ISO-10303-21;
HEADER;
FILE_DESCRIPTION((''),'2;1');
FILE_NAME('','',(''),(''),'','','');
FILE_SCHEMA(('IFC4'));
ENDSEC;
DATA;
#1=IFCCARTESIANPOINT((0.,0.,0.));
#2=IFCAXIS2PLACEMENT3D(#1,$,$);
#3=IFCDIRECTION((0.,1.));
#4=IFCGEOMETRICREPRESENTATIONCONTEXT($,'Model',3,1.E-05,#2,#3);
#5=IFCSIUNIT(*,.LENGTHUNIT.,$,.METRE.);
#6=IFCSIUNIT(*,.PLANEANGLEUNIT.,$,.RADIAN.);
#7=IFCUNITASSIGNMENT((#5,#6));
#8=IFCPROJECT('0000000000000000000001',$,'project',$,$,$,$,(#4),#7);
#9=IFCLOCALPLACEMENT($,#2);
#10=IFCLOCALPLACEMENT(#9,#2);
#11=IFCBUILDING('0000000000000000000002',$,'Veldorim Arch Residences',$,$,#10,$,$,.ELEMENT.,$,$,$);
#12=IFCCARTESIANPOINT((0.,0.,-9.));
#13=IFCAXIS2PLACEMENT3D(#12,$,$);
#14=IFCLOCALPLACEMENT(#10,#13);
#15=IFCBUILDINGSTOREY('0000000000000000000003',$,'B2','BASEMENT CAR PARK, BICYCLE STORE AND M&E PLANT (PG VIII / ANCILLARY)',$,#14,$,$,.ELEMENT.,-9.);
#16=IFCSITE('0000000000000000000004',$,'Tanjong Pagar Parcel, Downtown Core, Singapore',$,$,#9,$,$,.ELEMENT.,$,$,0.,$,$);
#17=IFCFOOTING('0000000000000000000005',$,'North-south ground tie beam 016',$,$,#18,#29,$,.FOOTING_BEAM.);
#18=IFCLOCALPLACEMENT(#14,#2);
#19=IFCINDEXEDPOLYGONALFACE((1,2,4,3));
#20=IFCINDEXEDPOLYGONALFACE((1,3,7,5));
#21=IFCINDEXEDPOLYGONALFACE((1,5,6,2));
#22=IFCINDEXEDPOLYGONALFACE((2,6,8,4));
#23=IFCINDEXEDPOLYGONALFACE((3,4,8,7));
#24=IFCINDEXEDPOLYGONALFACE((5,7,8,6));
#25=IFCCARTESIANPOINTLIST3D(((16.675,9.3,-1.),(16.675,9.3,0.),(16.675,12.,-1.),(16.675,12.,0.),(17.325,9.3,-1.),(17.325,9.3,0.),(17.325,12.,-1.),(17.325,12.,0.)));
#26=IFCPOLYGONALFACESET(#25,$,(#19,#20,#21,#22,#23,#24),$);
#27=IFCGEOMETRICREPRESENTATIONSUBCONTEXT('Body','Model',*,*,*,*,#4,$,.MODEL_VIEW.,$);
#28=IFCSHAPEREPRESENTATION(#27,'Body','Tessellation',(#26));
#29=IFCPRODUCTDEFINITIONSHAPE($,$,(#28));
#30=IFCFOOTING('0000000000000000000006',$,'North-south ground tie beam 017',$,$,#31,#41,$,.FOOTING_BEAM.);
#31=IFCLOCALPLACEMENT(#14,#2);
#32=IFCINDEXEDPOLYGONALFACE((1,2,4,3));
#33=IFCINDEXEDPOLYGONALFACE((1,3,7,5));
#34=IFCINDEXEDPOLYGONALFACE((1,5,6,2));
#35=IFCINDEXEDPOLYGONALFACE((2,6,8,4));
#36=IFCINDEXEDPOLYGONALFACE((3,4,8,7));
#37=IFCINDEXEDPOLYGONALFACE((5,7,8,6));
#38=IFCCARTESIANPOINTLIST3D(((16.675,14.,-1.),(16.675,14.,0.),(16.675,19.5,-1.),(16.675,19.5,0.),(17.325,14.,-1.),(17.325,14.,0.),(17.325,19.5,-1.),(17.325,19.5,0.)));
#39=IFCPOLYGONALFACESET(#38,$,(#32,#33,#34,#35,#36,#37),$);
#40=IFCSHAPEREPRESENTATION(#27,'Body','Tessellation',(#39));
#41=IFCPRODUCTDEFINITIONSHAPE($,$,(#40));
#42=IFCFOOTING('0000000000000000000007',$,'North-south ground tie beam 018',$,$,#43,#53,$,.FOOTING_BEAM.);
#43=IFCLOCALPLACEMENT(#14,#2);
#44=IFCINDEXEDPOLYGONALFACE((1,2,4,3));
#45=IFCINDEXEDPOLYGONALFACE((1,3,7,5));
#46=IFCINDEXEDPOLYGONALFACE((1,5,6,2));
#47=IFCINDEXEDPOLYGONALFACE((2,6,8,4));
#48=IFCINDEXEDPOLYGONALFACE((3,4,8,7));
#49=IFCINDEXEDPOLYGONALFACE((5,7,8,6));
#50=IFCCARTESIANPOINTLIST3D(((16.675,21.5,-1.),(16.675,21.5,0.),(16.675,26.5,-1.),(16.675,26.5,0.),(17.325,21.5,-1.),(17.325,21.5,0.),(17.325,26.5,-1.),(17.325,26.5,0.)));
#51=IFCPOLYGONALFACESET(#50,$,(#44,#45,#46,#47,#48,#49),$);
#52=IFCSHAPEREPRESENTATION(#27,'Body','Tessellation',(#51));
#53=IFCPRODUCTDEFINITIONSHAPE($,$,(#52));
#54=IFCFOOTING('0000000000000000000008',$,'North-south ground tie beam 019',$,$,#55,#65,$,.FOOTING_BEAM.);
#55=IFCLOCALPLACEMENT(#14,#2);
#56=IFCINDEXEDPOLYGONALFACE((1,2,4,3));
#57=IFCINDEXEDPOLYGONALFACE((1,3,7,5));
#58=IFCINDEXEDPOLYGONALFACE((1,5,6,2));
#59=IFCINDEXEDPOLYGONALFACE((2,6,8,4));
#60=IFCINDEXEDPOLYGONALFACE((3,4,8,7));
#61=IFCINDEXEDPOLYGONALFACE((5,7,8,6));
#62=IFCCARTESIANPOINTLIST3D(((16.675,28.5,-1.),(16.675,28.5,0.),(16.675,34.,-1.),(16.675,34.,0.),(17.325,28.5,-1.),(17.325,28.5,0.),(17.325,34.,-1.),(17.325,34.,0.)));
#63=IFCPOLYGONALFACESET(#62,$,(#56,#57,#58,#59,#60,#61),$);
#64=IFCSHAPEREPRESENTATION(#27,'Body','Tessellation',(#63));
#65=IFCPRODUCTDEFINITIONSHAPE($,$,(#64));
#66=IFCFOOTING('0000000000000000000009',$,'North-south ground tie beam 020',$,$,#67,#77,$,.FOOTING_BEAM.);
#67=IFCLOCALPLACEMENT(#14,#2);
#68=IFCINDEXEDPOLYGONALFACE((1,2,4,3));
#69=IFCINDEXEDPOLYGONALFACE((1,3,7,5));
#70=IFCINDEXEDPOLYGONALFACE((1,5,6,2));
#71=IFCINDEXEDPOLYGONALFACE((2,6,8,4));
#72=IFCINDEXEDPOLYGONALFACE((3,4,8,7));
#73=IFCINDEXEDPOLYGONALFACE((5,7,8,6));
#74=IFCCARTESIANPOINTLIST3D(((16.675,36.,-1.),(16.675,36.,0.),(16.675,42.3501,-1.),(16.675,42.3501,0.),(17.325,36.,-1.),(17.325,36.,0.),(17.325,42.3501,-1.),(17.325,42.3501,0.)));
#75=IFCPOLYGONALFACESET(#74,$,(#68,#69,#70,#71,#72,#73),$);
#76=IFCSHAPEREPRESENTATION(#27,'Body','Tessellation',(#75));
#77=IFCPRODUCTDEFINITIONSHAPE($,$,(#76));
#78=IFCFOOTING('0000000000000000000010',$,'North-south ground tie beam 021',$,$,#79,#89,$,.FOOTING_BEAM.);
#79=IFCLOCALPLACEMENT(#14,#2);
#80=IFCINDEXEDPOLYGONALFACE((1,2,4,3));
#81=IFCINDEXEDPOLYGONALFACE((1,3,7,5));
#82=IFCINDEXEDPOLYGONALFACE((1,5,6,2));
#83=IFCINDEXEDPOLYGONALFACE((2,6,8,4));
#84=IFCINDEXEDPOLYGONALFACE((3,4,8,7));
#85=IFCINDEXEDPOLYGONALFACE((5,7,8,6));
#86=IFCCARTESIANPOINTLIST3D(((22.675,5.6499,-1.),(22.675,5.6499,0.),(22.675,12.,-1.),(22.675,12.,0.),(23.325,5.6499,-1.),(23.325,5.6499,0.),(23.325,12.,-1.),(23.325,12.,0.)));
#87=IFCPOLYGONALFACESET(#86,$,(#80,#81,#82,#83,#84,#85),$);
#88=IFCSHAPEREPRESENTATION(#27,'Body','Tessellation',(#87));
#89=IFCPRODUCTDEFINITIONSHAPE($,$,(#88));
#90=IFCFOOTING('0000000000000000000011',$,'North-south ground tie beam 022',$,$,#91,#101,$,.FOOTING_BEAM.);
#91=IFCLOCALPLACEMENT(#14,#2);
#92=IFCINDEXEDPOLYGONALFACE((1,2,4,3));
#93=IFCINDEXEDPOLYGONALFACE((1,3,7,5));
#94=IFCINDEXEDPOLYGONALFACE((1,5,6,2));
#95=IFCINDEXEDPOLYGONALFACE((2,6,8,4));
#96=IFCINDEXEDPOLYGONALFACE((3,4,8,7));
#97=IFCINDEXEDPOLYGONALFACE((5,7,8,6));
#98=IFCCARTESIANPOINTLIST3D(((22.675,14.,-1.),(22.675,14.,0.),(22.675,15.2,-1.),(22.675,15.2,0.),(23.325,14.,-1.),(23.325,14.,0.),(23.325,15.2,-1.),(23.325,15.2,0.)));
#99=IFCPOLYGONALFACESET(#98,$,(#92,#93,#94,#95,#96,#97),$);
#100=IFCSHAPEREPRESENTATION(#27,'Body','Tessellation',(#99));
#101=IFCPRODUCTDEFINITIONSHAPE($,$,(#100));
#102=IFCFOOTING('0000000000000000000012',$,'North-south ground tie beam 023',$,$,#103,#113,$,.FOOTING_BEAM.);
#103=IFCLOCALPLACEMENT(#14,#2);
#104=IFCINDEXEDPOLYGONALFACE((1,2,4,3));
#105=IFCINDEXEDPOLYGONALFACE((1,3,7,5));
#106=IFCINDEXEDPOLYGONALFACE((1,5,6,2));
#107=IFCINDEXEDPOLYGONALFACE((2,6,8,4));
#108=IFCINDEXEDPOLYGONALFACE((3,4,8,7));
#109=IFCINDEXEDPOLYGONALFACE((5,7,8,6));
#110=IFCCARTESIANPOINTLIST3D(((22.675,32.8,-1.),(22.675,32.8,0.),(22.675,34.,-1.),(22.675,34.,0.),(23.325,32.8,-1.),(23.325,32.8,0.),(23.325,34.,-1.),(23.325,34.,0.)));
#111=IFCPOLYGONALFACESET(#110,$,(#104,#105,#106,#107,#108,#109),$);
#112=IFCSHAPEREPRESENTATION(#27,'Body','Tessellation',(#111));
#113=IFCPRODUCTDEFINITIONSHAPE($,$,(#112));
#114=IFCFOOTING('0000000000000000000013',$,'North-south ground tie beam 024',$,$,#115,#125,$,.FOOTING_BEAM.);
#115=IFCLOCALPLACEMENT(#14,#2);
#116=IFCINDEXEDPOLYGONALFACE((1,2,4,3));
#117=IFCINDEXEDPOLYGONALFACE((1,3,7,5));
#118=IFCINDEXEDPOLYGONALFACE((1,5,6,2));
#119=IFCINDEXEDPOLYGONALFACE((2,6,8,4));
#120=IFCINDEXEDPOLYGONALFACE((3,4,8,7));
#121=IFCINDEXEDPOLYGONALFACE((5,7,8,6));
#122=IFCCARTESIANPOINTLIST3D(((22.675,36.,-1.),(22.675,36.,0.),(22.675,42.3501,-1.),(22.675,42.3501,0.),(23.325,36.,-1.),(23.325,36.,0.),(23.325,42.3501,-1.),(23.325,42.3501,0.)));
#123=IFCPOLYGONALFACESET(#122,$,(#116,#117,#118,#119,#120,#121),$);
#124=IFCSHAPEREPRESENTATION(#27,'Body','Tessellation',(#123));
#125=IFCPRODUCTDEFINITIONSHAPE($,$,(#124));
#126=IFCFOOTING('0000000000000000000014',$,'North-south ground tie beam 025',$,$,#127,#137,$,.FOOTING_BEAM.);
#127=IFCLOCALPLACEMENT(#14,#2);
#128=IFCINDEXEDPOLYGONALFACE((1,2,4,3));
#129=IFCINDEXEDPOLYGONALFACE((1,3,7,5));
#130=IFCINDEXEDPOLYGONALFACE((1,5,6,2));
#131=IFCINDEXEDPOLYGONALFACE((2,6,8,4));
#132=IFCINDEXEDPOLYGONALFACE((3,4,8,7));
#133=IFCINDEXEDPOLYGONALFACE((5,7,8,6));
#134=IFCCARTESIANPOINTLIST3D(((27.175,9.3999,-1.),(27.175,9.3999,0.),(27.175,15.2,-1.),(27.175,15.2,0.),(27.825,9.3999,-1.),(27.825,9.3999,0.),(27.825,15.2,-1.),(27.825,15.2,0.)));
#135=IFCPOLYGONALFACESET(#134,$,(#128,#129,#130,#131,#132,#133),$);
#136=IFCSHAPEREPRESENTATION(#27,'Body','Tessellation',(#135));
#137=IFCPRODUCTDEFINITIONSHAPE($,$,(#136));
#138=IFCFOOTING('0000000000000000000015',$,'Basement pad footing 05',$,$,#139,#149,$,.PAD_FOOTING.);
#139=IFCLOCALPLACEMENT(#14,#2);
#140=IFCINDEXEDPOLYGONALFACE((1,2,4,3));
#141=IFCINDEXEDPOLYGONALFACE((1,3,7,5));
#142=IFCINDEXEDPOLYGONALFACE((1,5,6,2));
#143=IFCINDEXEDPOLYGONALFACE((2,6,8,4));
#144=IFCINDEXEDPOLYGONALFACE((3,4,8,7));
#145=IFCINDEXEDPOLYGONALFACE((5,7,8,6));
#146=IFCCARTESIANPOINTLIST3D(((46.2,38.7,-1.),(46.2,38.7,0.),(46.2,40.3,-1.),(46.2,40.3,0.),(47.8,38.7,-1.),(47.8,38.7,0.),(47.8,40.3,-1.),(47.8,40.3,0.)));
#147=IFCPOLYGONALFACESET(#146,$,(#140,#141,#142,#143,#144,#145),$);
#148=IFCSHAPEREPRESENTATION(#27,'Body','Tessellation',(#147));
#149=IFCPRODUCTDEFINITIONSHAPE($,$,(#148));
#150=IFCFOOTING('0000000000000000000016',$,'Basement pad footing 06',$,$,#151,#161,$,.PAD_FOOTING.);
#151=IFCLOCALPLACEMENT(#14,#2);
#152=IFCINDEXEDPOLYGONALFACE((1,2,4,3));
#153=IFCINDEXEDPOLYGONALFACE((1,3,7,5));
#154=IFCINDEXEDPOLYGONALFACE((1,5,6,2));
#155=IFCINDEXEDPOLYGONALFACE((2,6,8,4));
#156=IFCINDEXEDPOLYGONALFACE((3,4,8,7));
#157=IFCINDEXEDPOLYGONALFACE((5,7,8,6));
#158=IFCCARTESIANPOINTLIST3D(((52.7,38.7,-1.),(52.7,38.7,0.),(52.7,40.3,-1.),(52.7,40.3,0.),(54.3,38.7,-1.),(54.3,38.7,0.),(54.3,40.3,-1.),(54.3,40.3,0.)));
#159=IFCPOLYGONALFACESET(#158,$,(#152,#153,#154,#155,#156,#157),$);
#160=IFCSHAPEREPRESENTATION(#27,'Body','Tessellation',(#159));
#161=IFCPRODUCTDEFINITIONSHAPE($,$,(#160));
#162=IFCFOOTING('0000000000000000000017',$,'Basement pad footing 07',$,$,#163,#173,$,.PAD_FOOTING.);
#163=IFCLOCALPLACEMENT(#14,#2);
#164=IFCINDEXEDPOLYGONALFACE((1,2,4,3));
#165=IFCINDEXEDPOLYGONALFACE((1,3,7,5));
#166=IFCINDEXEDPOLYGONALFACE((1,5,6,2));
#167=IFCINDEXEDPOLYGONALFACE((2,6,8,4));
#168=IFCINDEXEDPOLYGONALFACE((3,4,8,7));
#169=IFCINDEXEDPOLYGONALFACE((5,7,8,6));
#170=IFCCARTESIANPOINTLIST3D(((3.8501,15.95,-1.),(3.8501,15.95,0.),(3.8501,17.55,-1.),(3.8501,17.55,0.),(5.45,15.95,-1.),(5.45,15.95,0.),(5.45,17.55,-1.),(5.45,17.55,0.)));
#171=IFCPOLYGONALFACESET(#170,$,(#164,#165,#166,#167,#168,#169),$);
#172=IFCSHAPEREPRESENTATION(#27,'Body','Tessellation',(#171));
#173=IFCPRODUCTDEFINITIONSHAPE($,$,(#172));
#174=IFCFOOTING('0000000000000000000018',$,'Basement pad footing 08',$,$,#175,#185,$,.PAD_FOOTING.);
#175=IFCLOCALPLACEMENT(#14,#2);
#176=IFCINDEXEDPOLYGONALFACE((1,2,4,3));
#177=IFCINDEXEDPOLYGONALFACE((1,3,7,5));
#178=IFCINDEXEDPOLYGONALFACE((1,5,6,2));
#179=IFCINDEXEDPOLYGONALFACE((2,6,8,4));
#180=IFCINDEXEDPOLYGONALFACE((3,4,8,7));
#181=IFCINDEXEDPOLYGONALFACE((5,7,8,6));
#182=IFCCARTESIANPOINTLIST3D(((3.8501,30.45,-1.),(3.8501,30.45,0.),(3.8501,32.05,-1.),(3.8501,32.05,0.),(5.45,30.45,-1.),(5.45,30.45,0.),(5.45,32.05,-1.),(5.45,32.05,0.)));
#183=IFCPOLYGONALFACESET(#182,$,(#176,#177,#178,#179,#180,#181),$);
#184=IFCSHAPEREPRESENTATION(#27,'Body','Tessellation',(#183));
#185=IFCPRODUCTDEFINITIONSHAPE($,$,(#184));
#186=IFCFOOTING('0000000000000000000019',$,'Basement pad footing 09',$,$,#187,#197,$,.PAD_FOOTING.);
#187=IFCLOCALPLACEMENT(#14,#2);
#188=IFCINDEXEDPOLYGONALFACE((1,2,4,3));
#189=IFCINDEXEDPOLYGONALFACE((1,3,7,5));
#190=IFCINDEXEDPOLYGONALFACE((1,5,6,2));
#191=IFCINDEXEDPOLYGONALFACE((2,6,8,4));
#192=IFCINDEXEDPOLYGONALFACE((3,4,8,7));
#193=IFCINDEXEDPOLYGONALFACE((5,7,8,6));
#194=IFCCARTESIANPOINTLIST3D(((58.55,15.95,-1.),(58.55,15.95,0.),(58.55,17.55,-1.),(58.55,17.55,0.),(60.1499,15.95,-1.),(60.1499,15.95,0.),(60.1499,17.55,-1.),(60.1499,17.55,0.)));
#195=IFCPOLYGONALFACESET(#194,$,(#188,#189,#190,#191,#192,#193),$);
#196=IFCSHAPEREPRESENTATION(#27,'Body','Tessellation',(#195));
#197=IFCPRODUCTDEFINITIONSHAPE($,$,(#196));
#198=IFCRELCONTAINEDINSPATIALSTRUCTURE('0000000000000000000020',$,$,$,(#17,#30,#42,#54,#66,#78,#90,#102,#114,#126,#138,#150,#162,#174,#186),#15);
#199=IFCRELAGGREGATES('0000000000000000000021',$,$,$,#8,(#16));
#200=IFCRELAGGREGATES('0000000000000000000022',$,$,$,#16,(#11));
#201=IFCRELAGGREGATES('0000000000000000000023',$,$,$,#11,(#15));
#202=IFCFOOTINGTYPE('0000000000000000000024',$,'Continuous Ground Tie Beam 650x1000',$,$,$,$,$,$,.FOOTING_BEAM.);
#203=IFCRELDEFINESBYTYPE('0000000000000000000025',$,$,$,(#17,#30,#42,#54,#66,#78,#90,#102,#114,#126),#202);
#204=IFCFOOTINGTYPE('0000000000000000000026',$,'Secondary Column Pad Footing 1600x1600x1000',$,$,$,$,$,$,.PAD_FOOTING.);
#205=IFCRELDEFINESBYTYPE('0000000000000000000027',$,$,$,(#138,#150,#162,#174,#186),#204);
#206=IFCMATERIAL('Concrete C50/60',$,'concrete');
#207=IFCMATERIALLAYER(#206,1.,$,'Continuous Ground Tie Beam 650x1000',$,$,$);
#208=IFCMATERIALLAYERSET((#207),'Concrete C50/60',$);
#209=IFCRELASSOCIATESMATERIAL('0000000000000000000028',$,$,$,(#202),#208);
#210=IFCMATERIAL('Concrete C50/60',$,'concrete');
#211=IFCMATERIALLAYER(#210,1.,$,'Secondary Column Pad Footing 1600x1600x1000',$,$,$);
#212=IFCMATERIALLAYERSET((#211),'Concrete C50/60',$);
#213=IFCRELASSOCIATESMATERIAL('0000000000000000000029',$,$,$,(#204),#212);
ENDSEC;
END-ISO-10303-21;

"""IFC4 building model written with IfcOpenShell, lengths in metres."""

from ifc_helpers import new_model, si_unit, direction, frame, origin, place, context, subcontext, project, spatial, polyline, outline, extrude, material, layer, layer_set, type_object, element, save


model = new_model("IFC4")

# Units and contexts
model_context = context("Model", 3, precision=1e-05, world=origin(), true_north=direction((0.0, 1.0)))
body_context = subcontext(model_context, "Body", "Model", "MODEL_VIEW")
ifc_project = project(units=[si_unit("LENGTHUNIT", "METRE"), si_unit("PLANEANGLEUNIT", "RADIAN")], contexts=[model_context])

# Site, building, storey
site_placement = place(None, origin())
site = spatial("IfcSite", under=ifc_project, at=site_placement, Name="Tanjong Pagar Parcel, Downtown Core, Singapore", CompositionType="ELEMENT", RefElevation=0.0)
building_placement = place(site_placement, origin())
building = spatial("IfcBuilding", under=site, at=building_placement, Name="Veldorim Arch Residences", CompositionType="ELEMENT")
storey_placement = place(building_placement, frame((0.0, 0.0, -9.0)))
storey = spatial("IfcBuildingStorey", under=building, at=storey_placement, Name="B2", Description="BASEMENT CAR PARK, BICYCLE STORE AND M&E PLANT (PG VIII / ANCILLARY)", CompositionType="ELEMENT", Elevation=-9.0)

# Footings
ifc_material_1 = material(Name="Concrete C50/60", Category="concrete")
ifc_layer_1 = layer(ifc_material_1, 1.0, Name="Continuous Ground Tie Beam 650x1000")
ifc_layer_set_1 = layer_set([ifc_layer_1], Name="Concrete C50/60")
footing_type_1 = type_object("IfcFootingType", Name="Continuous Ground Tie Beam 650x1000", PredefinedType="FOOTING_BEAM", material=ifc_layer_set_1)
footing_1_placement = place(storey_placement, frame((0.0, 0.0, -1.0)))
element("IfcFooting", 1, at=footing_1_placement, inside=storey, type_object=footing_type_1, Name="North-south ground tie beam 016", PredefinedType="FOOTING_BEAM", context=body_context, shape_type="SweptSolid", body=[
    extrude(outline(polyline([(16.675, 9.3), (17.325, 9.3), (17.325, 12.0), (16.675, 12.0), (16.675, 9.3)])), origin(), (0.0, 0.0, 1.0), 1.0),
])
footing_2_placement = place(storey_placement, frame((0.0, 0.0, -1.0)))
element("IfcFooting", 2, at=footing_2_placement, inside=storey, type_object=footing_type_1, Name="North-south ground tie beam 017", PredefinedType="FOOTING_BEAM", context=body_context, shape_type="SweptSolid", body=[
    extrude(outline(polyline([(16.675, 14.0), (17.325, 14.0), (17.325, 19.5), (16.675, 19.5), (16.675, 14.0)])), origin(), (0.0, 0.0, 1.0), 1.0),
])
footing_3_placement = place(storey_placement, frame((0.0, 0.0, -1.0)))
element("IfcFooting", 3, at=footing_3_placement, inside=storey, type_object=footing_type_1, Name="North-south ground tie beam 018", PredefinedType="FOOTING_BEAM", context=body_context, shape_type="SweptSolid", body=[
    extrude(outline(polyline([(16.675, 21.5), (17.325, 21.5), (17.325, 26.5), (16.675, 26.5), (16.675, 21.5)])), origin(), (0.0, 0.0, 1.0), 1.0),
])
footing_4_placement = place(storey_placement, frame((0.0, 0.0, -1.0)))
element("IfcFooting", 4, at=footing_4_placement, inside=storey, type_object=footing_type_1, Name="North-south ground tie beam 019", PredefinedType="FOOTING_BEAM", context=body_context, shape_type="SweptSolid", body=[
    extrude(outline(polyline([(16.675, 28.5), (17.325, 28.5), (17.325, 34.0), (16.675, 34.0), (16.675, 28.5)])), origin(), (0.0, 0.0, 1.0), 1.0),
])
footing_5_placement = place(storey_placement, frame((0.0, 0.0, -1.0)))
element("IfcFooting", 5, at=footing_5_placement, inside=storey, type_object=footing_type_1, Name="North-south ground tie beam 020", PredefinedType="FOOTING_BEAM", context=body_context, shape_type="SweptSolid", body=[
    extrude(outline(polyline([(16.675, 36.0), (17.325, 36.0), (17.325, 42.3501), (16.675, 42.3501), (16.675, 36.0)])), origin(), (0.0, 0.0, 1.0), 1.0),
])
footing_6_placement = place(storey_placement, frame((0.0, 0.0, -1.0)))
element("IfcFooting", 6, at=footing_6_placement, inside=storey, type_object=footing_type_1, Name="North-south ground tie beam 021", PredefinedType="FOOTING_BEAM", context=body_context, shape_type="SweptSolid", body=[
    extrude(outline(polyline([(22.675, 5.6499), (23.325, 5.6499), (23.325, 12.0), (22.675, 12.0), (22.675, 5.6499)])), origin(), (0.0, 0.0, 1.0), 1.0),
])
footing_7_placement = place(storey_placement, frame((0.0, 0.0, -1.0)))
element("IfcFooting", 7, at=footing_7_placement, inside=storey, type_object=footing_type_1, Name="North-south ground tie beam 022", PredefinedType="FOOTING_BEAM", context=body_context, shape_type="SweptSolid", body=[
    extrude(outline(polyline([(22.675, 14.0), (23.325, 14.0), (23.325, 15.2), (22.675, 15.2), (22.675, 14.0)])), origin(), (0.0, 0.0, 1.0), 1.0),
])
footing_8_placement = place(storey_placement, frame((0.0, 0.0, -1.0)))
element("IfcFooting", 8, at=footing_8_placement, inside=storey, type_object=footing_type_1, Name="North-south ground tie beam 023", PredefinedType="FOOTING_BEAM", context=body_context, shape_type="SweptSolid", body=[
    extrude(outline(polyline([(22.675, 32.8), (23.325, 32.8), (23.325, 34.0), (22.675, 34.0), (22.675, 32.8)])), origin(), (0.0, 0.0, 1.0), 1.0),
])
footing_9_placement = place(storey_placement, frame((0.0, 0.0, -1.0)))
element("IfcFooting", 9, at=footing_9_placement, inside=storey, type_object=footing_type_1, Name="North-south ground tie beam 024", PredefinedType="FOOTING_BEAM", context=body_context, shape_type="SweptSolid", body=[
    extrude(outline(polyline([(22.675, 36.0), (23.325, 36.0), (23.325, 42.3501), (22.675, 42.3501), (22.675, 36.0)])), origin(), (0.0, 0.0, 1.0), 1.0),
])
footing_10_placement = place(storey_placement, frame((0.0, 0.0, -1.0)))
element("IfcFooting", 10, at=footing_10_placement, inside=storey, type_object=footing_type_1, Name="North-south ground tie beam 025", PredefinedType="FOOTING_BEAM", context=body_context, shape_type="SweptSolid", body=[
    extrude(outline(polyline([(27.175, 9.3999), (27.825, 9.3999), (27.825, 15.2), (27.175, 15.2), (27.175, 9.3999)])), origin(), (0.0, 0.0, 1.0), 1.0),
])
ifc_material_2 = material(Name="Concrete C50/60", Category="concrete")
ifc_layer_2 = layer(ifc_material_2, 1.0, Name="Secondary Column Pad Footing 1600x1600x1000")
ifc_layer_set_2 = layer_set([ifc_layer_2], Name="Concrete C50/60")
footing_type_2 = type_object("IfcFootingType", Name="Secondary Column Pad Footing 1600x1600x1000", PredefinedType="PAD_FOOTING", material=ifc_layer_set_2)
footing_11_placement = place(storey_placement, frame((0.0, 0.0, -1.0)))
element("IfcFooting", 11, at=footing_11_placement, inside=storey, type_object=footing_type_2, Name="Basement pad footing 05", PredefinedType="PAD_FOOTING", context=body_context, shape_type="SweptSolid", body=[
    extrude(outline(polyline([(46.2, 38.7), (47.8, 38.7), (47.8, 40.3), (46.2, 40.3), (46.2, 38.7)])), origin(), (0.0, 0.0, 1.0), 1.0),
])
footing_12_placement = place(storey_placement, frame((0.0, 0.0, -1.0)))
element("IfcFooting", 12, at=footing_12_placement, inside=storey, type_object=footing_type_2, Name="Basement pad footing 06", PredefinedType="PAD_FOOTING", context=body_context, shape_type="SweptSolid", body=[
    extrude(outline(polyline([(52.7, 38.7), (54.3, 38.7), (54.3, 40.3), (52.7, 40.3), (52.7, 38.7)])), origin(), (0.0, 0.0, 1.0), 1.0),
])
footing_13_placement = place(storey_placement, frame((0.0, 0.0, -1.0)))
element("IfcFooting", 13, at=footing_13_placement, inside=storey, type_object=footing_type_2, Name="Basement pad footing 07", PredefinedType="PAD_FOOTING", context=body_context, shape_type="SweptSolid", body=[
    extrude(outline(polyline([(3.8501, 15.95), (5.45, 15.95), (5.45, 17.55), (3.8501, 17.55), (3.8501, 15.95)])), origin(), (0.0, 0.0, 1.0), 1.0),
])
footing_14_placement = place(storey_placement, frame((0.0, 0.0, -1.0)))
element("IfcFooting", 14, at=footing_14_placement, inside=storey, type_object=footing_type_2, Name="Basement pad footing 08", PredefinedType="PAD_FOOTING", context=body_context, shape_type="SweptSolid", body=[
    extrude(outline(polyline([(3.8501, 30.45), (5.45, 30.45), (5.45, 32.05), (3.8501, 32.05), (3.8501, 30.45)])), origin(), (0.0, 0.0, 1.0), 1.0),
])
footing_15_placement = place(storey_placement, frame((0.0, 0.0, -1.0)))
element("IfcFooting", 15, at=footing_15_placement, inside=storey, type_object=footing_type_2, Name="Basement pad footing 09", PredefinedType="PAD_FOOTING", context=body_context, shape_type="SweptSolid", body=[
    extrude(outline(polyline([(58.55, 15.95), (60.1499, 15.95), (60.1499, 17.55), (58.55, 17.55), (58.55, 15.95)])), origin(), (0.0, 0.0, 1.0), 1.0),
])

save(model, "model.ifc")
